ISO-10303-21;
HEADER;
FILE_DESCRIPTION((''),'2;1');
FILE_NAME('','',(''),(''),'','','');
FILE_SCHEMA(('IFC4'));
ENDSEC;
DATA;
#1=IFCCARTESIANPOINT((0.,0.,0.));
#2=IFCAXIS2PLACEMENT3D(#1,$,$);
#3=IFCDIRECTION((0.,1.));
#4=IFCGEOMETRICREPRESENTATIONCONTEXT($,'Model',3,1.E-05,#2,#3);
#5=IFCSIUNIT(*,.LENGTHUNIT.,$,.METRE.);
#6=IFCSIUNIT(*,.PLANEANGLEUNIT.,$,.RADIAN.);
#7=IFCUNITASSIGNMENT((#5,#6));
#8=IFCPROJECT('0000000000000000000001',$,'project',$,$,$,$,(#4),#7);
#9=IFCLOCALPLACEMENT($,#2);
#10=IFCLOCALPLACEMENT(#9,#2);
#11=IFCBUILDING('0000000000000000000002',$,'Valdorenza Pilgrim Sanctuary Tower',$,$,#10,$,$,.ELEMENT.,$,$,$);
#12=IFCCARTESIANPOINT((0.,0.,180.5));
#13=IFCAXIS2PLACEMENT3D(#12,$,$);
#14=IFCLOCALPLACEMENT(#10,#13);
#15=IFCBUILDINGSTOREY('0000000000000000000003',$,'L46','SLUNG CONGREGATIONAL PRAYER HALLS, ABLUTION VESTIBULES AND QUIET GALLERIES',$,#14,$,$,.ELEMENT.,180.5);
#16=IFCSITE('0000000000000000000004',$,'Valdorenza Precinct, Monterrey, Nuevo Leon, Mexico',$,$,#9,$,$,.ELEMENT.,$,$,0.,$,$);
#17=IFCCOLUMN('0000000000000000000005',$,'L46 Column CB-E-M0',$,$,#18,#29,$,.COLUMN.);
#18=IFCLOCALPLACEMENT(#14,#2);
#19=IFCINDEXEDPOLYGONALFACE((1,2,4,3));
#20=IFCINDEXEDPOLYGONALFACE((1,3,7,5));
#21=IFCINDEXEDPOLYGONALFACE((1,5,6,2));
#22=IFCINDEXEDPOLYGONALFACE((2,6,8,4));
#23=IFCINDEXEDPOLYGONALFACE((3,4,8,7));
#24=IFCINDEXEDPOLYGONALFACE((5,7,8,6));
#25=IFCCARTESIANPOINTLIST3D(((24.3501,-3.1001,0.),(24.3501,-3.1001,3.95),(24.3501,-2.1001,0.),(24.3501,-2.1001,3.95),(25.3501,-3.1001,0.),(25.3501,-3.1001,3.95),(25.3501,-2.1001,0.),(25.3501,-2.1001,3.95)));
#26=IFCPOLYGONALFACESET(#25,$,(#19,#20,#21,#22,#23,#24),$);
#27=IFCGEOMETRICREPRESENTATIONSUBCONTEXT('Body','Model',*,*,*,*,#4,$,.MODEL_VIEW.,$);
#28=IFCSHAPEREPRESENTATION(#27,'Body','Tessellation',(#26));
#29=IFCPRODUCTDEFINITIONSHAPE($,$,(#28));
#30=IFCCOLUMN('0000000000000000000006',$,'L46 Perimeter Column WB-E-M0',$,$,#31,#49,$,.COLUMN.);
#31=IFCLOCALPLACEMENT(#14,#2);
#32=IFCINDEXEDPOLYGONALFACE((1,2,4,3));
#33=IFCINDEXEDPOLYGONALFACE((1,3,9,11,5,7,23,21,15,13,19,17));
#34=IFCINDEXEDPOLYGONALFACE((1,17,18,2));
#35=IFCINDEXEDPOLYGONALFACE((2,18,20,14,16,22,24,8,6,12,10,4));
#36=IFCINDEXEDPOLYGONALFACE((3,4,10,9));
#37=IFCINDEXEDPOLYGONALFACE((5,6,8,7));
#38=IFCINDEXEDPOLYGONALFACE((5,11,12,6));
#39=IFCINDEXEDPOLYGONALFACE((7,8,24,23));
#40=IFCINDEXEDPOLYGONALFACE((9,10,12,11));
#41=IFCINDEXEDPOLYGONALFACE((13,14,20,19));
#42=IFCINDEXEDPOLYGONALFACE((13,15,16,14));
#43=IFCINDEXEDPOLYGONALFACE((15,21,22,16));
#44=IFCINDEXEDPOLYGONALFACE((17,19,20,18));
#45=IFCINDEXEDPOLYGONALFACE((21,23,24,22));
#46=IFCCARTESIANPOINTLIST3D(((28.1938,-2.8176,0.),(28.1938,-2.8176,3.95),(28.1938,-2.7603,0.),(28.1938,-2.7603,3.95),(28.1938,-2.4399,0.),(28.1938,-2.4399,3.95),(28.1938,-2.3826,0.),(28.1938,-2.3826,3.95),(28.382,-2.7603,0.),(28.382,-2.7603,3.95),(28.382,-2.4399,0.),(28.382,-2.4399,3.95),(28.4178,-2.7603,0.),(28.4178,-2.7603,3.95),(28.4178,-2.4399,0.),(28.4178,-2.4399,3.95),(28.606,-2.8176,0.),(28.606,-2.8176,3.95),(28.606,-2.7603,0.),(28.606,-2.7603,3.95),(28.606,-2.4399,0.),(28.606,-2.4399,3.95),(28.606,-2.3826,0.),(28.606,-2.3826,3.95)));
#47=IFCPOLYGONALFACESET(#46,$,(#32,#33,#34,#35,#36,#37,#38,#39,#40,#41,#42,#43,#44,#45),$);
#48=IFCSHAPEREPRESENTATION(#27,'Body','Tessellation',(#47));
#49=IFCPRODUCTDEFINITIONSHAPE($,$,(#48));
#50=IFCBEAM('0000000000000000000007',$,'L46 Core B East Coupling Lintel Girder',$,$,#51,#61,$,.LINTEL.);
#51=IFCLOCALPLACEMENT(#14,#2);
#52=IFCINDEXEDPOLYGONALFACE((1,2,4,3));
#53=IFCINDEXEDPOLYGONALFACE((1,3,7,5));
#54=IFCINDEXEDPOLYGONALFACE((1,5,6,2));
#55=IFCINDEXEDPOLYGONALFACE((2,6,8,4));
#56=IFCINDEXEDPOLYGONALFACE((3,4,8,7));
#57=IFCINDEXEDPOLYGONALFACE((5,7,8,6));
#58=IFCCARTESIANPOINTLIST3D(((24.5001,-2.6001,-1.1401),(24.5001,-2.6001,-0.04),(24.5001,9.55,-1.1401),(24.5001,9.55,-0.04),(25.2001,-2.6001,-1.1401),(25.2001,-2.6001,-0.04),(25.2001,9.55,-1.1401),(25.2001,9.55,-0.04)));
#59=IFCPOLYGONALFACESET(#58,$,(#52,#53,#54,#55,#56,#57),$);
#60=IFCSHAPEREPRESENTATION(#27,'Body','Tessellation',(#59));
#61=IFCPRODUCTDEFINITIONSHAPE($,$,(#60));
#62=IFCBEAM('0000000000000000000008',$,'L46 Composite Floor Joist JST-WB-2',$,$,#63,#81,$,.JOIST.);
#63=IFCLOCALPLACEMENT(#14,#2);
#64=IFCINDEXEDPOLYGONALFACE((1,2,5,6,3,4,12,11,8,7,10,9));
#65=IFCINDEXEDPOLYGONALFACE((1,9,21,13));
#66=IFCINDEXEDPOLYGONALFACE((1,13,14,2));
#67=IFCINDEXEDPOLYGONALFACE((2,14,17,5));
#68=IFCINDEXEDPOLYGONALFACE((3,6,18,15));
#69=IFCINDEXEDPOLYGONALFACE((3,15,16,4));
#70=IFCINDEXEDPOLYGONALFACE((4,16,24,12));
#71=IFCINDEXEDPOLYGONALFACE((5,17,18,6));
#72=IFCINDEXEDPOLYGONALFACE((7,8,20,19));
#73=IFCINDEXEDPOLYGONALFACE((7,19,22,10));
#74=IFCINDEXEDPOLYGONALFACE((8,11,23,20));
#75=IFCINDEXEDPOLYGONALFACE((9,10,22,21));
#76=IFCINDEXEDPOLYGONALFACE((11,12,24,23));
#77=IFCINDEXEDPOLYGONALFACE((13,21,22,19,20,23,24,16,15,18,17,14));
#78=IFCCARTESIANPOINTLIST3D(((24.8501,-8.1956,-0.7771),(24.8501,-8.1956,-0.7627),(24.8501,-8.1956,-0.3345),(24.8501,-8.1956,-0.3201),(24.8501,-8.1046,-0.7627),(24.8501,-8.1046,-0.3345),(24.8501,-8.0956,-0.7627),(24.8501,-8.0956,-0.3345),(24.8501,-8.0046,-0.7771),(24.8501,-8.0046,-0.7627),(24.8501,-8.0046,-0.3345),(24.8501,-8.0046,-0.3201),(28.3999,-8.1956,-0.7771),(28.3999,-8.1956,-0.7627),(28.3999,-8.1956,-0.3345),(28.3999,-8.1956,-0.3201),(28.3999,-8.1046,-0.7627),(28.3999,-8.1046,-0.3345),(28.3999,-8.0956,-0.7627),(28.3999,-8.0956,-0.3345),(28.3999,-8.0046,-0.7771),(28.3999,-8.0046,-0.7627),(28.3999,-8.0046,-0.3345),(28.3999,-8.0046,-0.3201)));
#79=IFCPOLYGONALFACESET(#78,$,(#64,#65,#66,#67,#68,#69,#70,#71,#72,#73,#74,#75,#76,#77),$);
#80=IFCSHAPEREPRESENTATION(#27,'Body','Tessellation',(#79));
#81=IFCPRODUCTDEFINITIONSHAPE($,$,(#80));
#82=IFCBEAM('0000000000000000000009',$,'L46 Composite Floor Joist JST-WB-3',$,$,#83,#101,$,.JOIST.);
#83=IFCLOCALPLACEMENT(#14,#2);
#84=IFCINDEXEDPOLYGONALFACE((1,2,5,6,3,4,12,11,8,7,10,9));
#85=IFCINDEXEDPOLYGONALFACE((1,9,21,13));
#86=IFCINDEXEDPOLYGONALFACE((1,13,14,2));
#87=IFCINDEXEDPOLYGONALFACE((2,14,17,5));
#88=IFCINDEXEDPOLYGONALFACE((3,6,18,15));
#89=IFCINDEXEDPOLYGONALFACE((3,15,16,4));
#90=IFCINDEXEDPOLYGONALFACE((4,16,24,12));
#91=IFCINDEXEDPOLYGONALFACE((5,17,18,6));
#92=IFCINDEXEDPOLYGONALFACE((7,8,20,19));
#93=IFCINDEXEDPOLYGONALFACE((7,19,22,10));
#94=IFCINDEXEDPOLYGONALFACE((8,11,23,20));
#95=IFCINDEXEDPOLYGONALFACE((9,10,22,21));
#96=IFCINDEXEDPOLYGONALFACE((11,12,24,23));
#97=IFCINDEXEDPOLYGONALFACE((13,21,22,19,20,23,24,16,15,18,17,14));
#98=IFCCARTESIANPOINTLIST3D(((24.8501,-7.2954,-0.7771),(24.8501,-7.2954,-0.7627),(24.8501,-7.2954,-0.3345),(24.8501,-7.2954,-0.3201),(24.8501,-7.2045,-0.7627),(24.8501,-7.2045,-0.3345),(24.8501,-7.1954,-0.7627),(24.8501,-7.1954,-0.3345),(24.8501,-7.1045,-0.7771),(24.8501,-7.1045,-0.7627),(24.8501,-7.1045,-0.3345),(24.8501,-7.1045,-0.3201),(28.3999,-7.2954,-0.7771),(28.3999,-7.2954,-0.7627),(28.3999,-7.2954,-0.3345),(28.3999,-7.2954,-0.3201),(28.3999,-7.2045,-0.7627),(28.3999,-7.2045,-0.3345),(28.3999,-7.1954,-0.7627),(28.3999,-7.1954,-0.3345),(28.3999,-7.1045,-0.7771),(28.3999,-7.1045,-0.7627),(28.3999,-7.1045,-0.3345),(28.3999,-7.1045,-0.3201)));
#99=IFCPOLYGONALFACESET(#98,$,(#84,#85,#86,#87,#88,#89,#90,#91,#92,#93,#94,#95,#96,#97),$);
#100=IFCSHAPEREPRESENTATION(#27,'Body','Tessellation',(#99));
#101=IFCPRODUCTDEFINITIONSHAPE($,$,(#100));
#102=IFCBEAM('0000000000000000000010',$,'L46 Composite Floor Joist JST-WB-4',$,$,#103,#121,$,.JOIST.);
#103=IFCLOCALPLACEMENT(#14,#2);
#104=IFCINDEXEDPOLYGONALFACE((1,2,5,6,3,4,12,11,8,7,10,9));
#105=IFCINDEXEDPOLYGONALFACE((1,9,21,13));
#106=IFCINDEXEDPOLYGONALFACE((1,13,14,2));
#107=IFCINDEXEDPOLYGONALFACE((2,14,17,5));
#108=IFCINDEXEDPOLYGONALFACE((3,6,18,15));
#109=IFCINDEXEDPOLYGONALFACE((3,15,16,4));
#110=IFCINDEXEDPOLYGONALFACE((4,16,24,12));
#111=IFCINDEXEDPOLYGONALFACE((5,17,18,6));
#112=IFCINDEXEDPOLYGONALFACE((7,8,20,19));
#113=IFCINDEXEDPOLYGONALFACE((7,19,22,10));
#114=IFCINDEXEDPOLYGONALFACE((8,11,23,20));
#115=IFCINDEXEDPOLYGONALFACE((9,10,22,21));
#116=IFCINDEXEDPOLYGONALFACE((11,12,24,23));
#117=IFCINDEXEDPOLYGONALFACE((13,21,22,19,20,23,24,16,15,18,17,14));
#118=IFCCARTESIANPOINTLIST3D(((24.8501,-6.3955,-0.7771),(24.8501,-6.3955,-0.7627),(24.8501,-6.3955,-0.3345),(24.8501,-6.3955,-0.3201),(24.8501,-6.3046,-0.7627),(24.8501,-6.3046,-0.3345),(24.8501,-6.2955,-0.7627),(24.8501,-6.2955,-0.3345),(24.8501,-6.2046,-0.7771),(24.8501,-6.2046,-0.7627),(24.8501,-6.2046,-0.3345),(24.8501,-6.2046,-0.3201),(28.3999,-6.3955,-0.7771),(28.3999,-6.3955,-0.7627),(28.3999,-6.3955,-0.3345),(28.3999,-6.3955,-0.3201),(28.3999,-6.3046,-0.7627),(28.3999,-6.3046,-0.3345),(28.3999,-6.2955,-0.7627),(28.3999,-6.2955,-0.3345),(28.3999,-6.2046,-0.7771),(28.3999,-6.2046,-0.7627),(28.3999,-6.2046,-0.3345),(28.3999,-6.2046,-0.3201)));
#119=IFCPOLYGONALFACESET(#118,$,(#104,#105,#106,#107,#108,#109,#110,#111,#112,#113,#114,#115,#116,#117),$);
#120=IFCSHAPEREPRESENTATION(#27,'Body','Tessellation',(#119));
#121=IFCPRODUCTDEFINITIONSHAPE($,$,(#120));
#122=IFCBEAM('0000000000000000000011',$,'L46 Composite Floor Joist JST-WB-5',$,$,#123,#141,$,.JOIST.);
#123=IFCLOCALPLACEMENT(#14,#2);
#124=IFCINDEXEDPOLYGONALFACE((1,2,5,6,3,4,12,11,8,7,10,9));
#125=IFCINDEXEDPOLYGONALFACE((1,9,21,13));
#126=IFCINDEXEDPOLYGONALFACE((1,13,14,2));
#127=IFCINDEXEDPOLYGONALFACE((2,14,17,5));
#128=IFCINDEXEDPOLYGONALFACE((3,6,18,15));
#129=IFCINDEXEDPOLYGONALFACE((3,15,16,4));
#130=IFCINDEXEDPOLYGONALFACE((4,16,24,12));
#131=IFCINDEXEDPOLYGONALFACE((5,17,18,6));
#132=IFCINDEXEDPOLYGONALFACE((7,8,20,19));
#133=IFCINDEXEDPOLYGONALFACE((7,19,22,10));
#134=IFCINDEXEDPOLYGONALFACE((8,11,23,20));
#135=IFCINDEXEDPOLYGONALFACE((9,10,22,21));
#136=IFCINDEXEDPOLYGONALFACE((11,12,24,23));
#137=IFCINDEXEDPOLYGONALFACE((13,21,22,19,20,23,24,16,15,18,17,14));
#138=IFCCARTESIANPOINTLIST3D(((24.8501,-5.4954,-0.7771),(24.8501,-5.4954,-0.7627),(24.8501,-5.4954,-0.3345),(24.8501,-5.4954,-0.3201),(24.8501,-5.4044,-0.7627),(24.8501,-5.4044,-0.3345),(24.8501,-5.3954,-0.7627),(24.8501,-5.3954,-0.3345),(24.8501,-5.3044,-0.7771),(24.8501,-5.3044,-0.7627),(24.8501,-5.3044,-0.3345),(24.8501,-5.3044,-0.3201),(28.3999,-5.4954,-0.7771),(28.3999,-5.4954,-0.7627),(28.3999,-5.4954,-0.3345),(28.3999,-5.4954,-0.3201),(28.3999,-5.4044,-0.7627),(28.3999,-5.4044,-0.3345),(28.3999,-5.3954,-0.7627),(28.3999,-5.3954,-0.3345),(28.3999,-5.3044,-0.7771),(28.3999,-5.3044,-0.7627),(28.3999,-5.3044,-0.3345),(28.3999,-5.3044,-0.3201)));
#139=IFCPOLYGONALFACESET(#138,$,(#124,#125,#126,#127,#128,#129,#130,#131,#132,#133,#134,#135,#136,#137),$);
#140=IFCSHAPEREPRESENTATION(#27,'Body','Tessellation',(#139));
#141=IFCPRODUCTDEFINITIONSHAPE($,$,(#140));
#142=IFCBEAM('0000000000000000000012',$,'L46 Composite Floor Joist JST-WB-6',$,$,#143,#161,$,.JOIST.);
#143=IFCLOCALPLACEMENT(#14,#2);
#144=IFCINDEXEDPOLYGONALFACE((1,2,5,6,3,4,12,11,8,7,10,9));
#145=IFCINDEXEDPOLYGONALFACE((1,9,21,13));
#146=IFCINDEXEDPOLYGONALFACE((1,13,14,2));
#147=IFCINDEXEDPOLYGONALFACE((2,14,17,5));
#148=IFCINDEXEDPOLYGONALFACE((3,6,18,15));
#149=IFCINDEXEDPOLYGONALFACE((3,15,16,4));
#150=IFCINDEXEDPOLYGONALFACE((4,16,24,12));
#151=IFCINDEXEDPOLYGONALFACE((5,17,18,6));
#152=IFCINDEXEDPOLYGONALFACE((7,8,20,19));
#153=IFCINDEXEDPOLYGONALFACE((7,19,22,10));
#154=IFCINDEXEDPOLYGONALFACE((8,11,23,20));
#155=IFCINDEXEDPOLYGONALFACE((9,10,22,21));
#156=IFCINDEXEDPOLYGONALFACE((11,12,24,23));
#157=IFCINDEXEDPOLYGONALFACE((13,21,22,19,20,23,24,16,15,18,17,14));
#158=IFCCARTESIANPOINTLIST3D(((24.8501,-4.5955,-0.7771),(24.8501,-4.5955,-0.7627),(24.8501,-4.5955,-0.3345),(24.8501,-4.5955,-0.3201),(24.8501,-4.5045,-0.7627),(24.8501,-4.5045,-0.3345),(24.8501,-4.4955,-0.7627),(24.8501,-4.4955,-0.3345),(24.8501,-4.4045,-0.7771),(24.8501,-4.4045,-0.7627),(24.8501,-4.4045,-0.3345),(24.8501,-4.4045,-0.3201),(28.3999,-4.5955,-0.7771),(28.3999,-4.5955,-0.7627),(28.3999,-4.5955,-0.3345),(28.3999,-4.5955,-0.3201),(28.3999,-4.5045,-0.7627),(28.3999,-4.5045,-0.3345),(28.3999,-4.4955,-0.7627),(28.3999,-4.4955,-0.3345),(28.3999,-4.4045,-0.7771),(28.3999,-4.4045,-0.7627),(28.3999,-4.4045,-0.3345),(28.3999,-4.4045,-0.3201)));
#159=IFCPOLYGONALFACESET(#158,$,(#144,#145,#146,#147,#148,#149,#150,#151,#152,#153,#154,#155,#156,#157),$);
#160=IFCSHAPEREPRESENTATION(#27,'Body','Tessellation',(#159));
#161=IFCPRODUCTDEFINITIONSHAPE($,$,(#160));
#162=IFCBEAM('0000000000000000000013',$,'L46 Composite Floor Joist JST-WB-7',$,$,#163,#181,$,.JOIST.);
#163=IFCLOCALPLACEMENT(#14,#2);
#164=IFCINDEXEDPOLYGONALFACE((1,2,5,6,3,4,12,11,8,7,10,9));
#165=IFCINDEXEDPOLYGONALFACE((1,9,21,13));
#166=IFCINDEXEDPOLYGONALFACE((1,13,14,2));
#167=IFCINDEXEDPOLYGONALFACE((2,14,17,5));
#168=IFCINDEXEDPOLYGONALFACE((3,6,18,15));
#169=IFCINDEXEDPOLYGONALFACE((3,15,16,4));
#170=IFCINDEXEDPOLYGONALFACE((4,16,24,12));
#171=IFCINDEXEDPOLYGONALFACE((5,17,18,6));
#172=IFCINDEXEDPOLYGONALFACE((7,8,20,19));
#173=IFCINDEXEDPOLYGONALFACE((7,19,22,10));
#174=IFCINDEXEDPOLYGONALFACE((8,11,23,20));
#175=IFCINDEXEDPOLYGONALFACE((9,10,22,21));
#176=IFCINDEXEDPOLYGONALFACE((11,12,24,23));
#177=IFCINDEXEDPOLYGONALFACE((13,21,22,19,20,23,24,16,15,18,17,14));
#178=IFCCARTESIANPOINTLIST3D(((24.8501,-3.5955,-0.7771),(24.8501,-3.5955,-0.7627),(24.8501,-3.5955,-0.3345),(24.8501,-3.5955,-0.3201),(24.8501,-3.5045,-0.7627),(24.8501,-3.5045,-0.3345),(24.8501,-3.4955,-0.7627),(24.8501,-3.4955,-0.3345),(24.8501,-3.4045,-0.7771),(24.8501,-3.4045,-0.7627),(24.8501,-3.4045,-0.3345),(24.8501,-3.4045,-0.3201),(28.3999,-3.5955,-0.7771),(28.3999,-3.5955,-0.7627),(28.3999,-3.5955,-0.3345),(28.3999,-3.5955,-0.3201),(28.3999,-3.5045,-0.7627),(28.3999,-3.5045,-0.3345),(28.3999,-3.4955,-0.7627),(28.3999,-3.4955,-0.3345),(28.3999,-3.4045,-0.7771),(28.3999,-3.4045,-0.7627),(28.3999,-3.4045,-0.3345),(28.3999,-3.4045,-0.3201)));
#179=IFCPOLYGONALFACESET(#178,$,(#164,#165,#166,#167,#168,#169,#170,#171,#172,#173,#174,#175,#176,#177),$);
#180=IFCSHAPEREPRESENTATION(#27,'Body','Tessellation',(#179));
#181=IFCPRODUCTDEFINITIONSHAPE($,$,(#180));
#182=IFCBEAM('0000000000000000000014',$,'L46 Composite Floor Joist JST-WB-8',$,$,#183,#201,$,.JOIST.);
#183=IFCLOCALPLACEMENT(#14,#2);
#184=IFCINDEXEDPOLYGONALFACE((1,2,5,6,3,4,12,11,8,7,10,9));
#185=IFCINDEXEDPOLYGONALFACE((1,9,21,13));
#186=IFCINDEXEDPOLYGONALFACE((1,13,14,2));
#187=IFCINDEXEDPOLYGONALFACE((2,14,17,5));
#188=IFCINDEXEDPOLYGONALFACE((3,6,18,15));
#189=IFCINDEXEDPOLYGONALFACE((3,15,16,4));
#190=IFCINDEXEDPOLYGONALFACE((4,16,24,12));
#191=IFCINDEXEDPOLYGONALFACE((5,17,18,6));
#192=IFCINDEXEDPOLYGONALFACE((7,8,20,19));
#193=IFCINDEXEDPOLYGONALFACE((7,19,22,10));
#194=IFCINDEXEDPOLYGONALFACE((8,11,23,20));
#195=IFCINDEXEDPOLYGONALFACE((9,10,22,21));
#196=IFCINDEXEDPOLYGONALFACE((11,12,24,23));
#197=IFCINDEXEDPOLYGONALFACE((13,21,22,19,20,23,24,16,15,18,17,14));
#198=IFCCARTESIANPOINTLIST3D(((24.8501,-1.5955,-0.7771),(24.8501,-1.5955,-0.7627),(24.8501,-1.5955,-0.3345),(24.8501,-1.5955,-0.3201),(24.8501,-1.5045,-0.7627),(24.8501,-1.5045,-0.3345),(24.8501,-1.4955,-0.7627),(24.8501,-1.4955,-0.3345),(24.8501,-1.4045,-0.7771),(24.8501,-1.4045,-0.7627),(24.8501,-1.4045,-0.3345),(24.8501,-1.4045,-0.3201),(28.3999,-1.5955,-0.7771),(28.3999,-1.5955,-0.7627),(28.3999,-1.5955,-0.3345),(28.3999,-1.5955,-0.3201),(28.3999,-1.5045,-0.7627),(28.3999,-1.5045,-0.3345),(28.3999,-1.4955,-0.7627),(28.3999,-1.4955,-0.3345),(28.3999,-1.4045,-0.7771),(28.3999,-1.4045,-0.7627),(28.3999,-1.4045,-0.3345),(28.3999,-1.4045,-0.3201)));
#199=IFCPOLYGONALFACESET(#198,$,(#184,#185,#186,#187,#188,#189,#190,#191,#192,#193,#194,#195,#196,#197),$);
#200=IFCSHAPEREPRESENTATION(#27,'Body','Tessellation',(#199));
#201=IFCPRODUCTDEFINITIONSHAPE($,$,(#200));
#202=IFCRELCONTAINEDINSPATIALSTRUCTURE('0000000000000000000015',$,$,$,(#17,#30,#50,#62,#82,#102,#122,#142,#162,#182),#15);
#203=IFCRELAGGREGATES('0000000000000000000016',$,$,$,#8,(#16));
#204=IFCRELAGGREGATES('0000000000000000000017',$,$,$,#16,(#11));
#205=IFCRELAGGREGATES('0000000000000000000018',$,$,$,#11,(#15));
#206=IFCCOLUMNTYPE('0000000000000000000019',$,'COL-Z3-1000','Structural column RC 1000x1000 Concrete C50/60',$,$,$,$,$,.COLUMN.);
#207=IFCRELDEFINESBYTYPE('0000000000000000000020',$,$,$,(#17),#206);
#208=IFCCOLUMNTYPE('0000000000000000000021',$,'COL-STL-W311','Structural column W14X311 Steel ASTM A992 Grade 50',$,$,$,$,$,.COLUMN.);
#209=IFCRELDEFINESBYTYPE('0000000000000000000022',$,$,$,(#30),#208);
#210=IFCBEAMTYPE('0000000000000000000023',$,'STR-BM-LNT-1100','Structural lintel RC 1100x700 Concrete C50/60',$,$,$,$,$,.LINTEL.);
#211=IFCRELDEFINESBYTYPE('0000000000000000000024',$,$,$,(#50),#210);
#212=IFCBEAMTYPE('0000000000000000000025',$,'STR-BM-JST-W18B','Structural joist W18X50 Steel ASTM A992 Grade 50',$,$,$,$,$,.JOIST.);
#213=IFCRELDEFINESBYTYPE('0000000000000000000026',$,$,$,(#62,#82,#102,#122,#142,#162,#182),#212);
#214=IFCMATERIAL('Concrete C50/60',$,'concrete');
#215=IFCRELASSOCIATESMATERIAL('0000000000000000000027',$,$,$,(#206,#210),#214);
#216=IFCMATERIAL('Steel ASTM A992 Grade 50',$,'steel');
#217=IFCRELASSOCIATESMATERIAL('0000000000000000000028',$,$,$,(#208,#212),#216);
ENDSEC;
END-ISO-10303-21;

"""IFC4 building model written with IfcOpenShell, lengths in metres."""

from ifc_helpers import new_model, si_unit, direction, frame, origin, origin_2d, place, context, subcontext, project, spatial, rectangle, i_section, extrude, source, transform, mapped, material, material_profile, profile_set, type_object, element, save


model = new_model("IFC4")

# Units and contexts
model_context = context("Model", 3, precision=1e-05, world=origin(), true_north=direction((0.0, 1.0)))
body_context = subcontext(model_context, "Body", "Model", "MODEL_VIEW")
ifc_project = project(units=[si_unit("LENGTHUNIT", "METRE"), si_unit("PLANEANGLEUNIT", "RADIAN")], contexts=[model_context])

# Site, building, storey
site_placement = place(None, origin())
site = spatial("IfcSite", under=ifc_project, at=site_placement, Name="Valdorenza Precinct, Monterrey, Nuevo Leon, Mexico", CompositionType="ELEMENT", RefElevation=0.0)
building_placement = place(site_placement, origin())
building = spatial("IfcBuilding", under=site, at=building_placement, Name="Valdorenza Pilgrim Sanctuary Tower", CompositionType="ELEMENT")
storey_placement = place(building_placement, frame((0.0, 0.0, 180.5)))
storey = spatial("IfcBuildingStorey", under=building, at=storey_placement, Name="L46", Description="SLUNG CONGREGATIONAL PRAYER HALLS, ABLUTION VESTIBULES AND QUIET GALLERIES", CompositionType="ELEMENT", Elevation=180.5)

# Columns
ifc_material_1 = material(Name="Concrete C50/60", Category="concrete")
ifc_material_profile_1 = material_profile(ifc_material_1, rectangle(XDim=1.0, YDim=1.0, at=origin_2d()), Name="RC 1000x1000")
ifc_profile_set_1 = profile_set([ifc_material_profile_1], Name="Concrete C50/60")
column_type_1 = type_object("IfcColumnType", Name="COL-Z3-1000", Description="Structural column RC 1000x1000 Concrete C50/60", PredefinedType="COLUMN", material=ifc_profile_set_1)
shared_shape_1 = source(origin(), body_context, "Body", "SweptSolid", [
    extrude(rectangle(XDim=1.0, YDim=1.0, at=origin_2d()), origin(), (0.0, 0.0, 1.0), 3.95),
])
column_1_placement = place(storey_placement, frame((24.8501, -2.6001, 0.0), z_axis=(0.0, 0.0, 1.0), x_axis=(1.0, 0.0, 0.0)))
element("IfcColumn", 1, at=column_1_placement, inside=storey, type_object=column_type_1, Name="L46 Column CB-E-M0", PredefinedType="COLUMN", context=body_context, shape_type="MappedRepresentation", body=[
    mapped(shared_shape_1, transform((0.0, 0.0, 0.0), x_axis=(1.0, 0.0, 0.0), y_axis=(0.0, 1.0, 0.0), z_axis=(0.0, 0.0, 1.0), scale=1.0)),
])
ifc_material_2 = material(Name="Steel ASTM A992 Grade 50", Category="steel")
ifc_material_profile_2 = material_profile(ifc_material_2, i_section(OverallWidth=0.4121, OverallDepth=0.4351, WebThickness=0.0359, FlangeThickness=0.0574, at=origin_2d()), Name="W14X311")
ifc_profile_set_2 = profile_set([ifc_material_profile_2], Name="Steel ASTM A992 Grade 50")
column_type_2 = type_object("IfcColumnType", Name="COL-STL-W311", Description="Structural column W14X311 Steel ASTM A992 Grade 50", PredefinedType="COLUMN", material=ifc_profile_set_2)
shared_shape_2 = source(origin(), body_context, "Body", "SweptSolid", [
    extrude(i_section(OverallWidth=0.4121, OverallDepth=0.4351, WebThickness=0.0359, FlangeThickness=0.0574, at=origin_2d()), origin(), (0.0, 0.0, 1.0), 3.95),
])
column_2_placement = place(storey_placement, frame((28.3999, -2.6001, 0.0), z_axis=(0.0, 0.0, 1.0), x_axis=(1.0, 0.0, 0.0)))
element("IfcColumn", 2, at=column_2_placement, inside=storey, type_object=column_type_2, Name="L46 Perimeter Column WB-E-M0", PredefinedType="COLUMN", context=body_context, shape_type="MappedRepresentation", body=[
    mapped(shared_shape_2, transform((0.0, 0.0, 0.0), x_axis=(1.0, 0.0, 0.0), y_axis=(0.0, 1.0, 0.0), z_axis=(0.0, 0.0, 1.0), scale=1.0)),
])

# Beams
ifc_material_profile_3 = material_profile(ifc_material_1, rectangle(XDim=0.7, YDim=1.1001, at=origin_2d()), Name="RC 1100x700")
ifc_profile_set_3 = profile_set([ifc_material_profile_3], Name="Concrete C50/60")
beam_type_1 = type_object("IfcBeamType", Name="STR-BM-LNT-1100", Description="Structural lintel RC 1100x700 Concrete C50/60", PredefinedType="LINTEL", material=ifc_profile_set_3)
shared_shape_3 = source(origin(), body_context, "Body", "SweptSolid", [
    extrude(rectangle(XDim=0.7, YDim=1.1001, at=origin_2d()), origin(), (0.0, 0.0, 1.0), 12.1501),
])
beam_1_placement = place(storey_placement, frame((24.8501, -2.6001, -0.5901), z_axis=(0.0, 1.0, 0.0), x_axis=(-1.0, 0.0, 0.0)))
element("IfcBeam", 3, at=beam_1_placement, inside=storey, type_object=beam_type_1, Name="L46 Core B East Coupling Lintel Girder", PredefinedType="LINTEL", context=body_context, shape_type="MappedRepresentation", body=[
    mapped(shared_shape_3, transform((0.0, 0.0, 0.0), x_axis=(1.0, 0.0, 0.0), y_axis=(0.0, 1.0, 0.0), z_axis=(0.0, 0.0, 1.0), scale=1.0)),
])
ifc_material_profile_4 = material_profile(ifc_material_2, i_section(OverallWidth=0.1909, OverallDepth=0.457, WebThickness=0.009, FlangeThickness=0.0144, at=origin_2d()), Name="W18X50")
ifc_profile_set_4 = profile_set([ifc_material_profile_4], Name="Steel ASTM A992 Grade 50")
beam_type_2 = type_object("IfcBeamType", Name="STR-BM-JST-W18B", Description="Structural joist W18X50 Steel ASTM A992 Grade 50", PredefinedType="JOIST", material=ifc_profile_set_4)
shared_shape_4 = source(origin(), body_context, "Body", "SweptSolid", [
    extrude(i_section(OverallWidth=0.1909, OverallDepth=0.457, WebThickness=0.009, FlangeThickness=0.0144, at=origin_2d()), origin(), (0.0, 0.0, 1.0), 3.5498),
])
for number, where, z_axis, x_axis, name in (
    (4, (24.8501, -8.1001, -0.5486), (1.0, 0.0, 0.0), (0.0, 1.0, 0.0), "L46 Composite Floor Joist JST-WB-2"),
    (5, (24.8501, -7.2, -0.5486), (1.0, 0.0, 0.0), (0.0, 1.0, 0.0), "L46 Composite Floor Joist JST-WB-3"),
    (6, (24.8501, -6.3, -0.5486), (1.0, 0.0, 0.0), (0.0, 1.0, 0.0), "L46 Composite Floor Joist JST-WB-4"),
    (7, (24.8501, -5.3999, -0.5486), (1.0, 0.0, 0.0), (0.0, 1.0, 0.0), "L46 Composite Floor Joist JST-WB-5"),
    (8, (24.8501, -4.5, -0.5486), (1.0, 0.0, 0.0), (0.0, 1.0, 0.0), "L46 Composite Floor Joist JST-WB-6"),
    (9, (24.8501, -3.5, -0.5486), (1.0, 0.0, 0.0), (0.0, 1.0, 0.0), "L46 Composite Floor Joist JST-WB-7"),
    (10, (24.8501, -1.5, -0.5486), (1.0, 0.0, 0.0), (0.0, 1.0, 0.0), "L46 Composite Floor Joist JST-WB-8"),
):
    element("IfcBeam", number, at=place(storey_placement, frame(where, z_axis=z_axis, x_axis=x_axis)), inside=storey, type_object=beam_type_2, Name=name, PredefinedType="JOIST", context=body_context, shape_type="MappedRepresentation", body=[
        mapped(shared_shape_4, transform((0.0, 0.0, 0.0), x_axis=(1.0, 0.0, 0.0), y_axis=(0.0, 1.0, 0.0), z_axis=(0.0, 0.0, 1.0), scale=1.0)),
    ])

save(model, "model.ifc")
